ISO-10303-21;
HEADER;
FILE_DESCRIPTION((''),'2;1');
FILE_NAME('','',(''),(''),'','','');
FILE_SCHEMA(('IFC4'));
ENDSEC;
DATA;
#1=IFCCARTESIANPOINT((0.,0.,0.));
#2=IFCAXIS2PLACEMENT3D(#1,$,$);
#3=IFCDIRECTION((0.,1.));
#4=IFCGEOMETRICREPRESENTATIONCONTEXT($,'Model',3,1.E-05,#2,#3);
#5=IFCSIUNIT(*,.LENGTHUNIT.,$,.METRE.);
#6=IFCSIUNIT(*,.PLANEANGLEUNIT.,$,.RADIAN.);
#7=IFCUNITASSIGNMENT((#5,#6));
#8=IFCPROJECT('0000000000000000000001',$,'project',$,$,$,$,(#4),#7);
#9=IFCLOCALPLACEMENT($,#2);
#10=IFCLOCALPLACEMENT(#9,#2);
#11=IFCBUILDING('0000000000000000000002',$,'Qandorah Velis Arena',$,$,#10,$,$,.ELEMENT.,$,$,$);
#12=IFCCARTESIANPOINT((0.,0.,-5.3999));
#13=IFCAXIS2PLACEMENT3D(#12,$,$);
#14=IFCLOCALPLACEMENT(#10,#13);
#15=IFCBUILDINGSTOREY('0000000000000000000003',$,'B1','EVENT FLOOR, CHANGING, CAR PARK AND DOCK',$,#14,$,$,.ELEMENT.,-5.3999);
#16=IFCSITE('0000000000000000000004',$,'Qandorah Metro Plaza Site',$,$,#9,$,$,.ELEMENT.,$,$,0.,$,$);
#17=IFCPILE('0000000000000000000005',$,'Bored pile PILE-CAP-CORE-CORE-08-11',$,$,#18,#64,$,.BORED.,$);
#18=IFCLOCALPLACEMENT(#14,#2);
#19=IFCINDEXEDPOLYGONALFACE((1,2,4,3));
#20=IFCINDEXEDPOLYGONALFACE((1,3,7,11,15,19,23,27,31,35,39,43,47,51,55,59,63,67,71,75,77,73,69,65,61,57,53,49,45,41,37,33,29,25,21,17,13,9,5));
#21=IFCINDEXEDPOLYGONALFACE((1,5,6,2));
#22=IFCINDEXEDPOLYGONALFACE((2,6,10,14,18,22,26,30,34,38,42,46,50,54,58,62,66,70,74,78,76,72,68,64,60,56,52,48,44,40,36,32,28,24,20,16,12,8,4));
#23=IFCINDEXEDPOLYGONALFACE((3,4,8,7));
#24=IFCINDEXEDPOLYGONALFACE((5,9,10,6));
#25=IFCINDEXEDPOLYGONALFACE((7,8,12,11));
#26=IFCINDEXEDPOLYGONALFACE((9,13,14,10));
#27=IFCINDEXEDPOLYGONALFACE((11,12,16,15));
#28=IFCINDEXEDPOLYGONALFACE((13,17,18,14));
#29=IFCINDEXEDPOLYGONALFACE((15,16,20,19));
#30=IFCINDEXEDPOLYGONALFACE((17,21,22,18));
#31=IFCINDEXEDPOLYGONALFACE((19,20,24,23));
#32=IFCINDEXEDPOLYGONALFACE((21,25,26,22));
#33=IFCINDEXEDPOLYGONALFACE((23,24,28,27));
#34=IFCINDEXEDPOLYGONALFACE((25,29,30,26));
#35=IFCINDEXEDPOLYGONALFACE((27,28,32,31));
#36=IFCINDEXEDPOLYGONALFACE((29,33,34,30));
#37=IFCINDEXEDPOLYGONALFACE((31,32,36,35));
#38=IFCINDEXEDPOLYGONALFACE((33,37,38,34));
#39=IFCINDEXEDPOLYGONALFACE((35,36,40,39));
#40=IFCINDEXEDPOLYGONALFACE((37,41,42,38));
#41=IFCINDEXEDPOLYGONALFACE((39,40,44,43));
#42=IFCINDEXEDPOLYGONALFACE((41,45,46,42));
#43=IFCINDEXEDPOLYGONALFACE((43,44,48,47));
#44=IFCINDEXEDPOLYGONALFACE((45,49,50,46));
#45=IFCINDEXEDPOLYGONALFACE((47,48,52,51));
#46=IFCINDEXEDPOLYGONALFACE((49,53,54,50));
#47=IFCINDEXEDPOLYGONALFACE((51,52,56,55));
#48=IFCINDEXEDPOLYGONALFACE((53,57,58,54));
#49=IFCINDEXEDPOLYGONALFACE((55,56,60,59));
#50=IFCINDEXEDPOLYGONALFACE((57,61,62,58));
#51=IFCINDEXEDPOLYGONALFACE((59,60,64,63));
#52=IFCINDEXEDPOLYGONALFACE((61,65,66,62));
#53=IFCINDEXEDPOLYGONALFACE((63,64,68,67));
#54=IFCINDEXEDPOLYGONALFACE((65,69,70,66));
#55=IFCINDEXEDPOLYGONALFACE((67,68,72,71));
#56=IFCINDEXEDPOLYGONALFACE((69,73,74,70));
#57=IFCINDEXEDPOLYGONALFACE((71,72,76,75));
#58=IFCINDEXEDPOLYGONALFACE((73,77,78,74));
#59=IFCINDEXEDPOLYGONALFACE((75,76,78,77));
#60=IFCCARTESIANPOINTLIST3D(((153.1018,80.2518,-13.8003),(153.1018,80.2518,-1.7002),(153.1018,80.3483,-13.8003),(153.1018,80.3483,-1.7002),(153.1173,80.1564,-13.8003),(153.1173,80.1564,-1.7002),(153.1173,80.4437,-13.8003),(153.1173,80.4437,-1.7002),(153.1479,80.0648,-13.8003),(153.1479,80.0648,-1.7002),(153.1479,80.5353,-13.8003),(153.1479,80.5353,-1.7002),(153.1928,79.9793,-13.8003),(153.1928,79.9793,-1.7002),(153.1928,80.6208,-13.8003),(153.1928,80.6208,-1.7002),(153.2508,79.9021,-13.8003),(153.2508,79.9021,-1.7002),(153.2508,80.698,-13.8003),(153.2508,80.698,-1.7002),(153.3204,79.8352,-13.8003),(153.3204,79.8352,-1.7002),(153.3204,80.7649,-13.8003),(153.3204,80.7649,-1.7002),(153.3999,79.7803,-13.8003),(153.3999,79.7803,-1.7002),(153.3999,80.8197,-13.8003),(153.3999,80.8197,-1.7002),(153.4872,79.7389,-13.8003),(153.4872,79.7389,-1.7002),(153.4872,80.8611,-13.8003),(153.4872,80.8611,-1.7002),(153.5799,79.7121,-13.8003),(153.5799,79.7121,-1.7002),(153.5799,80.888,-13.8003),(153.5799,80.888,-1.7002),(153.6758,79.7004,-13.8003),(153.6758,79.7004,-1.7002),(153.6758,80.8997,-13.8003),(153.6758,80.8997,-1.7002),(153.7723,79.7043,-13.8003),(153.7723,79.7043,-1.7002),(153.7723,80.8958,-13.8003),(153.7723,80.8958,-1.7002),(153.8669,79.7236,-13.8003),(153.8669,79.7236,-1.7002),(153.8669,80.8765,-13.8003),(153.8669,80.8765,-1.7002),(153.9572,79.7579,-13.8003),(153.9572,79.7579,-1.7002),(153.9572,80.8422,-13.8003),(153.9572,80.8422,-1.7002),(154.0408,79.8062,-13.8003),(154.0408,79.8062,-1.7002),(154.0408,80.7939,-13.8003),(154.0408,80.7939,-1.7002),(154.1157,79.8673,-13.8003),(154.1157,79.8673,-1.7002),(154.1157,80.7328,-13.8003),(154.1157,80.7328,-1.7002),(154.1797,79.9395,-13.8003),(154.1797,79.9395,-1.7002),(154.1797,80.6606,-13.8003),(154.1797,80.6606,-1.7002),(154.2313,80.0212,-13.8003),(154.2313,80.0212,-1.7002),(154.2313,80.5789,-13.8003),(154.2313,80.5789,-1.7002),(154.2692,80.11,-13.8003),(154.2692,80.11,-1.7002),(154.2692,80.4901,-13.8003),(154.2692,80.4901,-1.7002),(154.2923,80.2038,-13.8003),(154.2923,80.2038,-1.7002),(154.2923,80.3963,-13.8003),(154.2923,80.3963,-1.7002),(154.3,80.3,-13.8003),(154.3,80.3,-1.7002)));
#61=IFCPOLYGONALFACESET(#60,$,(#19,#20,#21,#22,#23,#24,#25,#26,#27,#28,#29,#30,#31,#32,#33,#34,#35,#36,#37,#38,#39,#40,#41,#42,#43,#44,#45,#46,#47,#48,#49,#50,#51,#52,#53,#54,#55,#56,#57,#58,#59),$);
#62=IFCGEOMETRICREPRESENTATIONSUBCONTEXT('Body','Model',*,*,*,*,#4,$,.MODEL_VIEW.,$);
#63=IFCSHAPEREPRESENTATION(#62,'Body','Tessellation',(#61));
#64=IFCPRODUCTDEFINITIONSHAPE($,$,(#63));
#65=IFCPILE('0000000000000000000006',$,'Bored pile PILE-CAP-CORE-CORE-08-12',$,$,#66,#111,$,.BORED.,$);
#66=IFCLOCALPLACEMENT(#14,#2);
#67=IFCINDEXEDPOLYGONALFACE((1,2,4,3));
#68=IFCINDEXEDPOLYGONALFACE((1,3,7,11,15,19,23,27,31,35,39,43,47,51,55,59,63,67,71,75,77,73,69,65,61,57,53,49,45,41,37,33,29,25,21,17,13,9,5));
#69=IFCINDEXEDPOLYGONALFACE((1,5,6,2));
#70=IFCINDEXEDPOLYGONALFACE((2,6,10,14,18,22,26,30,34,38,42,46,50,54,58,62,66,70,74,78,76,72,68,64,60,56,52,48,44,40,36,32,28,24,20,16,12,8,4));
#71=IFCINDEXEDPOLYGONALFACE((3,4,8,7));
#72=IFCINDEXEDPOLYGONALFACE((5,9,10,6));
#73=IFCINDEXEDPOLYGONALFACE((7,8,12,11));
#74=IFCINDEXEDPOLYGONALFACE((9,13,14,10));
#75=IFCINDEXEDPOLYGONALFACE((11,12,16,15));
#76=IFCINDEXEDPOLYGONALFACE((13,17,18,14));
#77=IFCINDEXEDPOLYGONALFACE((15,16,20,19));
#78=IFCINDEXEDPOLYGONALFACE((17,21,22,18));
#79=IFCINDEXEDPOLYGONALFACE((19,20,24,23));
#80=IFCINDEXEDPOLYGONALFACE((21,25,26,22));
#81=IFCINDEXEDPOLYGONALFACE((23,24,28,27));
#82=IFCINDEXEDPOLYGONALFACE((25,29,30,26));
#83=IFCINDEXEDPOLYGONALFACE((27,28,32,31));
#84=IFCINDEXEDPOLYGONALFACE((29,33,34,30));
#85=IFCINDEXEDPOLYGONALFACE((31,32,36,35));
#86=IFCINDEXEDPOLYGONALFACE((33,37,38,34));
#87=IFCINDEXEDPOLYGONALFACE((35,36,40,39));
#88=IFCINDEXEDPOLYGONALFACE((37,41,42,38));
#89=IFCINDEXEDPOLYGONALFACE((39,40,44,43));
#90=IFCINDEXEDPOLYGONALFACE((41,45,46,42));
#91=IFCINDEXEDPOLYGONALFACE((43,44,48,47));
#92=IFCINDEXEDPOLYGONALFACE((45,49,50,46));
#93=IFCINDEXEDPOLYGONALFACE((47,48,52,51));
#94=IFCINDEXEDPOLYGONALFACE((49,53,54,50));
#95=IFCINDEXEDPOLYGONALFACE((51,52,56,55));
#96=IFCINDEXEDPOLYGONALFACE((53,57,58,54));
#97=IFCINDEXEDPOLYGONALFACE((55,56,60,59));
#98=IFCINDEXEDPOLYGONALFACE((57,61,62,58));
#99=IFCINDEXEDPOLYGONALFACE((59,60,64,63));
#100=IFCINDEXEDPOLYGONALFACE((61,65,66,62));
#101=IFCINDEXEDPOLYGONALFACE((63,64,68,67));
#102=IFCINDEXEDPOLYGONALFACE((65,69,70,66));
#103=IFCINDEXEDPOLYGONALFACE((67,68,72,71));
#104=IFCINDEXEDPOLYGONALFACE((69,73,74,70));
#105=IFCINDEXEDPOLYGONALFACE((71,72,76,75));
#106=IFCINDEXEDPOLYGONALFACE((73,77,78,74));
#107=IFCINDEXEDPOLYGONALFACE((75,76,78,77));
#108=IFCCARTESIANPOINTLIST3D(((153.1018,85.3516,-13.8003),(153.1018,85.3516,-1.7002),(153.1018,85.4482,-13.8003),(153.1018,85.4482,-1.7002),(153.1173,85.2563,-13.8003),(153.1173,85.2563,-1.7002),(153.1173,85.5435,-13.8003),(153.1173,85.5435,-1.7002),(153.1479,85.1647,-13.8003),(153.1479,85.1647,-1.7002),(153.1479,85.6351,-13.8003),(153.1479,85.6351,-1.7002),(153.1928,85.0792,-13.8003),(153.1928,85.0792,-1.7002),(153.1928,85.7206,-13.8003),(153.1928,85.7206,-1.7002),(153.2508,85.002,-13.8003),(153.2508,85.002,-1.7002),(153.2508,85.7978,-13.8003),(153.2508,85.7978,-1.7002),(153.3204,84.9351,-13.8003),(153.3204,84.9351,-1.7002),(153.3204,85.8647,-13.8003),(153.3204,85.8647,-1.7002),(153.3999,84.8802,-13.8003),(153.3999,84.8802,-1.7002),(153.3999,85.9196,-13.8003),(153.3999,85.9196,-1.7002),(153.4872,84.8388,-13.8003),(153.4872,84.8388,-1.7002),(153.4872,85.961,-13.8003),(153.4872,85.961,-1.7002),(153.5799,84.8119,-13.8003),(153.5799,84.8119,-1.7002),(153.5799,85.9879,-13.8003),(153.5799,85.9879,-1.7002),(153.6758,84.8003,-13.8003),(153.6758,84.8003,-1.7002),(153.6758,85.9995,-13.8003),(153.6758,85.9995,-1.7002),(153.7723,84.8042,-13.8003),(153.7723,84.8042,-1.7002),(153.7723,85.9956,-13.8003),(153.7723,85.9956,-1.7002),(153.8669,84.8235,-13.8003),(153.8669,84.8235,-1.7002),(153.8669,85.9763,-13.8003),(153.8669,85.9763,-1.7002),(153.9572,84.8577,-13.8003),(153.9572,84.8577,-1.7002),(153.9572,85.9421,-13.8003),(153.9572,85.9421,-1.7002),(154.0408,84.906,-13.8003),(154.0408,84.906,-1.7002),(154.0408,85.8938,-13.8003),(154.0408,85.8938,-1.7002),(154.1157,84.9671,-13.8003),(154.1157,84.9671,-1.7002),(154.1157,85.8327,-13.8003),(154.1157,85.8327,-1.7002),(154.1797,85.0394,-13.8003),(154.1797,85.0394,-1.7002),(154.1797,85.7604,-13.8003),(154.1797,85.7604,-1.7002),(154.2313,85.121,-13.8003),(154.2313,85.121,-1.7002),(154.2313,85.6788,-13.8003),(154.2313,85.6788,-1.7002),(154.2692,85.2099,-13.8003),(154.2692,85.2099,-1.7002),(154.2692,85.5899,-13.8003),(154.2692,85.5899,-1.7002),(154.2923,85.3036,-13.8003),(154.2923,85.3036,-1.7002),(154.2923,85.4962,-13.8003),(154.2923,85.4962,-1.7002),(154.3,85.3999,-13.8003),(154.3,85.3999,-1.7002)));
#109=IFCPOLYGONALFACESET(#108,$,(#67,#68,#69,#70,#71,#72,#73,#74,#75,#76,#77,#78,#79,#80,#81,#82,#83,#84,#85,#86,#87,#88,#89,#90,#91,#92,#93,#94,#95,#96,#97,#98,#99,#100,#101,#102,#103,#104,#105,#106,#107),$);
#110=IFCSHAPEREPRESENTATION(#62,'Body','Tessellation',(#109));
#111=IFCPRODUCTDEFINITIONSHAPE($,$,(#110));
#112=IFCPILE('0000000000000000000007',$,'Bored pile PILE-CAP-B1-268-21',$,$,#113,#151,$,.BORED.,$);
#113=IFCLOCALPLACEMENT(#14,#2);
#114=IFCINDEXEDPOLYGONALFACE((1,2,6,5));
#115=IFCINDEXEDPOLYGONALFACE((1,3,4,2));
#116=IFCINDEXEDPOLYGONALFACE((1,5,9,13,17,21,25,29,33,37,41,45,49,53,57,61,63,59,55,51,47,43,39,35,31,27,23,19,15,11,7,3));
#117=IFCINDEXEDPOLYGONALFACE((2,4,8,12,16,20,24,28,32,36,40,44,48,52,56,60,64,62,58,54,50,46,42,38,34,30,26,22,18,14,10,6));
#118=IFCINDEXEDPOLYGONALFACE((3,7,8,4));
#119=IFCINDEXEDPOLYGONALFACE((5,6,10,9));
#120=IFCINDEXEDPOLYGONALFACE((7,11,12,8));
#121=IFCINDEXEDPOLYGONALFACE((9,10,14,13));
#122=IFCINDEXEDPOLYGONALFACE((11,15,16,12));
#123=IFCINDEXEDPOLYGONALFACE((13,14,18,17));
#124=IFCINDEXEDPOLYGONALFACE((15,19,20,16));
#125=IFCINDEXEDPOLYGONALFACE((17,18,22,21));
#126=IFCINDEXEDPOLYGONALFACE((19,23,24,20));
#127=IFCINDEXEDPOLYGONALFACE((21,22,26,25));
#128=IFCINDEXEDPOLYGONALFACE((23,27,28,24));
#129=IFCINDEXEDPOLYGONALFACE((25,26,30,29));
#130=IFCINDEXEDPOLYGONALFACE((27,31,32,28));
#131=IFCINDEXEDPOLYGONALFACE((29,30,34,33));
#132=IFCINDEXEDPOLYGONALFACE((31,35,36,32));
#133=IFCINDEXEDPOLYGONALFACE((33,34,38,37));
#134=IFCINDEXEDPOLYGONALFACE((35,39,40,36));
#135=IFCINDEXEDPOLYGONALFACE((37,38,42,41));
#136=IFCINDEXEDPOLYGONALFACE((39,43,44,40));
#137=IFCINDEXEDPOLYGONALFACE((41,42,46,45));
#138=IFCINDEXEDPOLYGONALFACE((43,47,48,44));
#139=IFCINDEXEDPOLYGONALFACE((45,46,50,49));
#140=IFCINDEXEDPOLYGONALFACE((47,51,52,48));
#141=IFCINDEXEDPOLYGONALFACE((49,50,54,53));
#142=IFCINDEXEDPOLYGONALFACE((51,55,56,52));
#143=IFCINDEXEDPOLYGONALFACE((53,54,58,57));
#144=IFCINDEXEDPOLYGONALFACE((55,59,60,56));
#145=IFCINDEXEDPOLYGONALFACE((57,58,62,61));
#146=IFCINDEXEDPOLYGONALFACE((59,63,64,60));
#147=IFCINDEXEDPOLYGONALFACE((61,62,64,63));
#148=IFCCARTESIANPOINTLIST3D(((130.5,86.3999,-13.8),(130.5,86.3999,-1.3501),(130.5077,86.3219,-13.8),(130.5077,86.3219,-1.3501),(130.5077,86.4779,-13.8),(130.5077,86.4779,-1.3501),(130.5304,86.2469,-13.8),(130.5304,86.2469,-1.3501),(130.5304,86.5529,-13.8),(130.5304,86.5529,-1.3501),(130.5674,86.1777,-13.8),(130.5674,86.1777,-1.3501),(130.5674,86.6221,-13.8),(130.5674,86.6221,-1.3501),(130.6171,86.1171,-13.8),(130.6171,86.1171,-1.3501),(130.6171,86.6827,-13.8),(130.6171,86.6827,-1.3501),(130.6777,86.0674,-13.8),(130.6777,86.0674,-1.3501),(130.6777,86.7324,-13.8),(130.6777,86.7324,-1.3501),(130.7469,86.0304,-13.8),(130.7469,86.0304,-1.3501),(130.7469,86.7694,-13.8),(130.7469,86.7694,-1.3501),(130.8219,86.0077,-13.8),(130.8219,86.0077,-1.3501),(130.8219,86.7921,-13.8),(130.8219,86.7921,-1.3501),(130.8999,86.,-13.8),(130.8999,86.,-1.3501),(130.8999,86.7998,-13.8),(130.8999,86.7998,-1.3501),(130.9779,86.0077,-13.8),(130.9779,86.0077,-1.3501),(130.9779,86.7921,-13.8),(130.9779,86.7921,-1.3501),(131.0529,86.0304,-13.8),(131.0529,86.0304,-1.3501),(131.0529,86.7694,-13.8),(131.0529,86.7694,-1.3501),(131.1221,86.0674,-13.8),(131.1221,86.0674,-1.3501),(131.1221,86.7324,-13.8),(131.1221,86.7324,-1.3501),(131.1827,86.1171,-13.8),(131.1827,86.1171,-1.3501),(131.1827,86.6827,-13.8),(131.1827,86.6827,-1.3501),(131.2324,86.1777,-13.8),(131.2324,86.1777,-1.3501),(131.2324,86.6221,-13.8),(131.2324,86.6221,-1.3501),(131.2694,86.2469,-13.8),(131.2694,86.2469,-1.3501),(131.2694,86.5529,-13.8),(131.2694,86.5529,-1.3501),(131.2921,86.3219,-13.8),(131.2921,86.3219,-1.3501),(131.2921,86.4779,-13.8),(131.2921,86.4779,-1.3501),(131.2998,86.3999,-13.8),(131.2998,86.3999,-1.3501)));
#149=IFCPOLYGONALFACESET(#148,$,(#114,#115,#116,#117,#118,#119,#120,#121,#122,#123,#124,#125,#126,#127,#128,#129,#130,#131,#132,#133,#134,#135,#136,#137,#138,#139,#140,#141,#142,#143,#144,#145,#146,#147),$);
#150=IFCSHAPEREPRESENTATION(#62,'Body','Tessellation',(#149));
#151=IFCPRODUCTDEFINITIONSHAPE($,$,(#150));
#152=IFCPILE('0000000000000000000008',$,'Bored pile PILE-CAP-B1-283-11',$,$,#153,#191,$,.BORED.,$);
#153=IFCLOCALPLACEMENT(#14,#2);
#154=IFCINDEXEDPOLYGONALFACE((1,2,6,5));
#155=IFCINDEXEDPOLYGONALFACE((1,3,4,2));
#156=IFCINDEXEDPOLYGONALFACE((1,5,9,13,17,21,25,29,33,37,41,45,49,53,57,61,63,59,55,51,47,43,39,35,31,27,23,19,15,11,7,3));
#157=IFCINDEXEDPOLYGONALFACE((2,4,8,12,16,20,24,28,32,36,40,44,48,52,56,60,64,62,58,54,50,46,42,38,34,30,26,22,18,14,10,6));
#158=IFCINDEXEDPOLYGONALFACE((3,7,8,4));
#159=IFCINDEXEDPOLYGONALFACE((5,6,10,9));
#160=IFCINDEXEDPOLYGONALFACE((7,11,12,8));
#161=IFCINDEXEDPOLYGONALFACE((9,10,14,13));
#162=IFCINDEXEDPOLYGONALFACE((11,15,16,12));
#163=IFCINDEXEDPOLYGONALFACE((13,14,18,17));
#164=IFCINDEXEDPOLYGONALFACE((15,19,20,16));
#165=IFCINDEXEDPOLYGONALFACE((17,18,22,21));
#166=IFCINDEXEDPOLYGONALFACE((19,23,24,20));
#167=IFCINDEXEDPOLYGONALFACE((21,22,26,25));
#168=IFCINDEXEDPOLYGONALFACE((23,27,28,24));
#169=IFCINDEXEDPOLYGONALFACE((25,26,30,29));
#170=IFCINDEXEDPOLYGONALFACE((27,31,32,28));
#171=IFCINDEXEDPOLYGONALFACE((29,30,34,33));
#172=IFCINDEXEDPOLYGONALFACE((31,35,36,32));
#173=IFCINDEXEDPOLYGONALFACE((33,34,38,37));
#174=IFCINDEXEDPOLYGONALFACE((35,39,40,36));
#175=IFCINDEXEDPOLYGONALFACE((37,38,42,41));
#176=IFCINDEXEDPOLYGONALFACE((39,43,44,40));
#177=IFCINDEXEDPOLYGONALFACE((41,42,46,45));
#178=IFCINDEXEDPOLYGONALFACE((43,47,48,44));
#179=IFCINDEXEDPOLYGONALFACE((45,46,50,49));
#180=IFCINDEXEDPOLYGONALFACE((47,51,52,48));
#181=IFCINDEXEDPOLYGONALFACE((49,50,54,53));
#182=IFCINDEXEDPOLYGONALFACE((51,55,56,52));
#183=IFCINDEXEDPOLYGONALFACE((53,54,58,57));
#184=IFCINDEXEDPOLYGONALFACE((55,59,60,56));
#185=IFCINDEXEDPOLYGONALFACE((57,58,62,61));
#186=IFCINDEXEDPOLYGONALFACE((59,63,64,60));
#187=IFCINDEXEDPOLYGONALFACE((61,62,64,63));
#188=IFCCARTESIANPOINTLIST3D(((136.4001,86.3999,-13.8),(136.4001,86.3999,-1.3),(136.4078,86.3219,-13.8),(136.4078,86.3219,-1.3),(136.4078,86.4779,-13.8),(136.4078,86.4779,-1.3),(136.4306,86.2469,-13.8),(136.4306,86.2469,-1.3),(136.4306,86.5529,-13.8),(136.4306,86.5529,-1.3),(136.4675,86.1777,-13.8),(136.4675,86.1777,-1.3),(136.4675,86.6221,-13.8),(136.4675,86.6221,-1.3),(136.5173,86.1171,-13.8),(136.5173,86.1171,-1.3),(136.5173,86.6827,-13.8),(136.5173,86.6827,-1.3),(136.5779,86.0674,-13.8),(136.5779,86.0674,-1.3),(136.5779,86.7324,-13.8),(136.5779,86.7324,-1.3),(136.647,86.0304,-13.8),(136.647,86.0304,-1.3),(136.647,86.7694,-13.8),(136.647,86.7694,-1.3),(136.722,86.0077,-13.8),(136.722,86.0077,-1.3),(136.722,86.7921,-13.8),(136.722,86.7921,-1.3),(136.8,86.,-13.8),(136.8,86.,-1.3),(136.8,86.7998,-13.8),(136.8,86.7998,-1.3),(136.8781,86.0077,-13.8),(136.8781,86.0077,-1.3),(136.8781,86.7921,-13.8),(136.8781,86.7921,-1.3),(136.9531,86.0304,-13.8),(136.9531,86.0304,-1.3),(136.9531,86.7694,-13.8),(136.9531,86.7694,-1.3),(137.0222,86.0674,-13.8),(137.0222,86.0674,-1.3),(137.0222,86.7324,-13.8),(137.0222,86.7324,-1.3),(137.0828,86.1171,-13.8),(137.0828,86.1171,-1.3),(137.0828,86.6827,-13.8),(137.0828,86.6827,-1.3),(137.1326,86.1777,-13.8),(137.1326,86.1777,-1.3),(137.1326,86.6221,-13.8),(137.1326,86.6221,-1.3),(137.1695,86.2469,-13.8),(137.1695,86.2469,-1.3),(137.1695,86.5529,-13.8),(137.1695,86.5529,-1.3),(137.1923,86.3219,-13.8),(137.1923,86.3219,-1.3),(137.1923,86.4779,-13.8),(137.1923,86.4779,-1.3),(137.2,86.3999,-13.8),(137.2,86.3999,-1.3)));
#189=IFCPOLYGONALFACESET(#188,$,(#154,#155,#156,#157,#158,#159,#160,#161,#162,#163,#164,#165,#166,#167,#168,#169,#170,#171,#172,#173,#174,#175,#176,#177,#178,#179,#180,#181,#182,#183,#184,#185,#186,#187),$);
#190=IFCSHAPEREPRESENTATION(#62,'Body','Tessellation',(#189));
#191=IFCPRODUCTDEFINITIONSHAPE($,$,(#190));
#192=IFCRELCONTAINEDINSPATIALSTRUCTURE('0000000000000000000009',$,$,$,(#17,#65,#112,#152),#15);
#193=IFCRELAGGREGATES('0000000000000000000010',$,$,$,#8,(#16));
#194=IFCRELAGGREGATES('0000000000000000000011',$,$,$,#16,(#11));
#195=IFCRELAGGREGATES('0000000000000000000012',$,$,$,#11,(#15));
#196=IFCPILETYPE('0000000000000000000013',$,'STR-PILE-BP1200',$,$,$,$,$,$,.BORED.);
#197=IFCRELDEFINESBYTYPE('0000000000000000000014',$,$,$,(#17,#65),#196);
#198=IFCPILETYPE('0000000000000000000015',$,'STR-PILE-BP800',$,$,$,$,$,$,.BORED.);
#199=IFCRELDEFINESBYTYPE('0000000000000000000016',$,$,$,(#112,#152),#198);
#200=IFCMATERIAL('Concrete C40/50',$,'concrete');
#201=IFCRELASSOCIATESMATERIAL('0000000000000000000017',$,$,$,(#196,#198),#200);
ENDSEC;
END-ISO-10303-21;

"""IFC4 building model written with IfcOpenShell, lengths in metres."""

from ifc_helpers import new_model, si_unit, direction, frame, origin, origin_2d, place, context, subcontext, project, spatial, circle, extrude, material, material_profile, profile_set, type_object, element, save


model = new_model("IFC4")

# Units and contexts
model_context = context("Model", 3, precision=1e-05, world=origin(), true_north=direction((0.0, 1.0)))
body_context = subcontext(model_context, "Body", "Model", "MODEL_VIEW")
ifc_project = project(units=[si_unit("LENGTHUNIT", "METRE"), si_unit("PLANEANGLEUNIT", "RADIAN")], contexts=[model_context])

# Site, building, storey
site_placement = place(None, origin())
site = spatial("IfcSite", under=ifc_project, at=site_placement, Name="Qandorah Metro Plaza Site", CompositionType="ELEMENT", RefElevation=0.0)
building_placement = place(site_placement, origin())
building = spatial("IfcBuilding", under=site, at=building_placement, Name="Qandorah Velis Arena", CompositionType="ELEMENT")
storey_placement = place(building_placement, frame((0.0, 0.0, -5.3999)))
storey = spatial("IfcBuildingStorey", under=building, at=storey_placement, Name="B1", Description="EVENT FLOOR, CHANGING, CAR PARK AND DOCK", CompositionType="ELEMENT", Elevation=-5.3999)

# Shared definitions
ifc_material_1 = material(Name="Concrete C40/50", Category="concrete")

# Piles
ifc_material_profile_1 = material_profile(ifc_material_1, circle(Radius=0.6001, at=origin_2d()), Name="BORED PILE D1200")
ifc_profile_set_1 = profile_set([ifc_material_profile_1], Name="Concrete C40/50")
pile_type_1 = type_object("IfcPileType", Name="STR-PILE-BP1200", PredefinedType="BORED", material=ifc_profile_set_1)
for number, where, z_axis, x_axis, name in (
    (1, (153.7, 80.3, -1.7002), (0.0, 0.0, -1.0), (1.0, 0.0, 0.0), "Bored pile PILE-CAP-CORE-CORE-08-11"),
    (2, (153.7, 85.3999, -1.7002), (0.0, 0.0, -1.0), (1.0, 0.0, 0.0), "Bored pile PILE-CAP-CORE-CORE-08-12"),
):
    element("IfcPile", number, at=place(storey_placement, frame(where, z_axis=z_axis, x_axis=x_axis)), inside=storey, type_object=pile_type_1, Name=name, PredefinedType="BORED", context=body_context, shape_type="SweptSolid", body=[
        extrude(circle(Radius=0.6001, at=origin_2d()), origin(), (0.0, 0.0, 1.0), 12.1001),
    ])
ifc_material_profile_2 = material_profile(ifc_material_1, circle(Radius=0.3999, at=origin_2d()), Name="BORED PILE D800")
ifc_profile_set_2 = profile_set([ifc_material_profile_2], Name="Concrete C40/50")
pile_type_2 = type_object("IfcPileType", Name="STR-PILE-BP800", PredefinedType="BORED", material=ifc_profile_set_2)
pile_1_placement = place(storey_placement, frame((130.8999, 86.3999, -1.3501), z_axis=(0.0, 0.0, -1.0), x_axis=(1.0, 0.0, 0.0)))
element("IfcPile", 3, at=pile_1_placement, inside=storey, type_object=pile_type_2, Name="Bored pile PILE-CAP-B1-268-21", PredefinedType="BORED", context=body_context, shape_type="SweptSolid", body=[
    extrude(circle(Radius=0.3999, at=origin_2d()), origin(), (0.0, 0.0, 1.0), 12.45),
])
pile_2_placement = place(storey_placement, frame((136.8, 86.3999, -1.3), z_axis=(0.0, 0.0, -1.0), x_axis=(1.0, 0.0, 0.0)))
element("IfcPile", 4, at=pile_2_placement, inside=storey, type_object=pile_type_2, Name="Bored pile PILE-CAP-B1-283-11", PredefinedType="BORED", context=body_context, shape_type="SweptSolid", body=[
    extrude(circle(Radius=0.3999, at=origin_2d()), origin(), (0.0, 0.0, 1.0), 12.5),
])

save(model, "model.ifc")
